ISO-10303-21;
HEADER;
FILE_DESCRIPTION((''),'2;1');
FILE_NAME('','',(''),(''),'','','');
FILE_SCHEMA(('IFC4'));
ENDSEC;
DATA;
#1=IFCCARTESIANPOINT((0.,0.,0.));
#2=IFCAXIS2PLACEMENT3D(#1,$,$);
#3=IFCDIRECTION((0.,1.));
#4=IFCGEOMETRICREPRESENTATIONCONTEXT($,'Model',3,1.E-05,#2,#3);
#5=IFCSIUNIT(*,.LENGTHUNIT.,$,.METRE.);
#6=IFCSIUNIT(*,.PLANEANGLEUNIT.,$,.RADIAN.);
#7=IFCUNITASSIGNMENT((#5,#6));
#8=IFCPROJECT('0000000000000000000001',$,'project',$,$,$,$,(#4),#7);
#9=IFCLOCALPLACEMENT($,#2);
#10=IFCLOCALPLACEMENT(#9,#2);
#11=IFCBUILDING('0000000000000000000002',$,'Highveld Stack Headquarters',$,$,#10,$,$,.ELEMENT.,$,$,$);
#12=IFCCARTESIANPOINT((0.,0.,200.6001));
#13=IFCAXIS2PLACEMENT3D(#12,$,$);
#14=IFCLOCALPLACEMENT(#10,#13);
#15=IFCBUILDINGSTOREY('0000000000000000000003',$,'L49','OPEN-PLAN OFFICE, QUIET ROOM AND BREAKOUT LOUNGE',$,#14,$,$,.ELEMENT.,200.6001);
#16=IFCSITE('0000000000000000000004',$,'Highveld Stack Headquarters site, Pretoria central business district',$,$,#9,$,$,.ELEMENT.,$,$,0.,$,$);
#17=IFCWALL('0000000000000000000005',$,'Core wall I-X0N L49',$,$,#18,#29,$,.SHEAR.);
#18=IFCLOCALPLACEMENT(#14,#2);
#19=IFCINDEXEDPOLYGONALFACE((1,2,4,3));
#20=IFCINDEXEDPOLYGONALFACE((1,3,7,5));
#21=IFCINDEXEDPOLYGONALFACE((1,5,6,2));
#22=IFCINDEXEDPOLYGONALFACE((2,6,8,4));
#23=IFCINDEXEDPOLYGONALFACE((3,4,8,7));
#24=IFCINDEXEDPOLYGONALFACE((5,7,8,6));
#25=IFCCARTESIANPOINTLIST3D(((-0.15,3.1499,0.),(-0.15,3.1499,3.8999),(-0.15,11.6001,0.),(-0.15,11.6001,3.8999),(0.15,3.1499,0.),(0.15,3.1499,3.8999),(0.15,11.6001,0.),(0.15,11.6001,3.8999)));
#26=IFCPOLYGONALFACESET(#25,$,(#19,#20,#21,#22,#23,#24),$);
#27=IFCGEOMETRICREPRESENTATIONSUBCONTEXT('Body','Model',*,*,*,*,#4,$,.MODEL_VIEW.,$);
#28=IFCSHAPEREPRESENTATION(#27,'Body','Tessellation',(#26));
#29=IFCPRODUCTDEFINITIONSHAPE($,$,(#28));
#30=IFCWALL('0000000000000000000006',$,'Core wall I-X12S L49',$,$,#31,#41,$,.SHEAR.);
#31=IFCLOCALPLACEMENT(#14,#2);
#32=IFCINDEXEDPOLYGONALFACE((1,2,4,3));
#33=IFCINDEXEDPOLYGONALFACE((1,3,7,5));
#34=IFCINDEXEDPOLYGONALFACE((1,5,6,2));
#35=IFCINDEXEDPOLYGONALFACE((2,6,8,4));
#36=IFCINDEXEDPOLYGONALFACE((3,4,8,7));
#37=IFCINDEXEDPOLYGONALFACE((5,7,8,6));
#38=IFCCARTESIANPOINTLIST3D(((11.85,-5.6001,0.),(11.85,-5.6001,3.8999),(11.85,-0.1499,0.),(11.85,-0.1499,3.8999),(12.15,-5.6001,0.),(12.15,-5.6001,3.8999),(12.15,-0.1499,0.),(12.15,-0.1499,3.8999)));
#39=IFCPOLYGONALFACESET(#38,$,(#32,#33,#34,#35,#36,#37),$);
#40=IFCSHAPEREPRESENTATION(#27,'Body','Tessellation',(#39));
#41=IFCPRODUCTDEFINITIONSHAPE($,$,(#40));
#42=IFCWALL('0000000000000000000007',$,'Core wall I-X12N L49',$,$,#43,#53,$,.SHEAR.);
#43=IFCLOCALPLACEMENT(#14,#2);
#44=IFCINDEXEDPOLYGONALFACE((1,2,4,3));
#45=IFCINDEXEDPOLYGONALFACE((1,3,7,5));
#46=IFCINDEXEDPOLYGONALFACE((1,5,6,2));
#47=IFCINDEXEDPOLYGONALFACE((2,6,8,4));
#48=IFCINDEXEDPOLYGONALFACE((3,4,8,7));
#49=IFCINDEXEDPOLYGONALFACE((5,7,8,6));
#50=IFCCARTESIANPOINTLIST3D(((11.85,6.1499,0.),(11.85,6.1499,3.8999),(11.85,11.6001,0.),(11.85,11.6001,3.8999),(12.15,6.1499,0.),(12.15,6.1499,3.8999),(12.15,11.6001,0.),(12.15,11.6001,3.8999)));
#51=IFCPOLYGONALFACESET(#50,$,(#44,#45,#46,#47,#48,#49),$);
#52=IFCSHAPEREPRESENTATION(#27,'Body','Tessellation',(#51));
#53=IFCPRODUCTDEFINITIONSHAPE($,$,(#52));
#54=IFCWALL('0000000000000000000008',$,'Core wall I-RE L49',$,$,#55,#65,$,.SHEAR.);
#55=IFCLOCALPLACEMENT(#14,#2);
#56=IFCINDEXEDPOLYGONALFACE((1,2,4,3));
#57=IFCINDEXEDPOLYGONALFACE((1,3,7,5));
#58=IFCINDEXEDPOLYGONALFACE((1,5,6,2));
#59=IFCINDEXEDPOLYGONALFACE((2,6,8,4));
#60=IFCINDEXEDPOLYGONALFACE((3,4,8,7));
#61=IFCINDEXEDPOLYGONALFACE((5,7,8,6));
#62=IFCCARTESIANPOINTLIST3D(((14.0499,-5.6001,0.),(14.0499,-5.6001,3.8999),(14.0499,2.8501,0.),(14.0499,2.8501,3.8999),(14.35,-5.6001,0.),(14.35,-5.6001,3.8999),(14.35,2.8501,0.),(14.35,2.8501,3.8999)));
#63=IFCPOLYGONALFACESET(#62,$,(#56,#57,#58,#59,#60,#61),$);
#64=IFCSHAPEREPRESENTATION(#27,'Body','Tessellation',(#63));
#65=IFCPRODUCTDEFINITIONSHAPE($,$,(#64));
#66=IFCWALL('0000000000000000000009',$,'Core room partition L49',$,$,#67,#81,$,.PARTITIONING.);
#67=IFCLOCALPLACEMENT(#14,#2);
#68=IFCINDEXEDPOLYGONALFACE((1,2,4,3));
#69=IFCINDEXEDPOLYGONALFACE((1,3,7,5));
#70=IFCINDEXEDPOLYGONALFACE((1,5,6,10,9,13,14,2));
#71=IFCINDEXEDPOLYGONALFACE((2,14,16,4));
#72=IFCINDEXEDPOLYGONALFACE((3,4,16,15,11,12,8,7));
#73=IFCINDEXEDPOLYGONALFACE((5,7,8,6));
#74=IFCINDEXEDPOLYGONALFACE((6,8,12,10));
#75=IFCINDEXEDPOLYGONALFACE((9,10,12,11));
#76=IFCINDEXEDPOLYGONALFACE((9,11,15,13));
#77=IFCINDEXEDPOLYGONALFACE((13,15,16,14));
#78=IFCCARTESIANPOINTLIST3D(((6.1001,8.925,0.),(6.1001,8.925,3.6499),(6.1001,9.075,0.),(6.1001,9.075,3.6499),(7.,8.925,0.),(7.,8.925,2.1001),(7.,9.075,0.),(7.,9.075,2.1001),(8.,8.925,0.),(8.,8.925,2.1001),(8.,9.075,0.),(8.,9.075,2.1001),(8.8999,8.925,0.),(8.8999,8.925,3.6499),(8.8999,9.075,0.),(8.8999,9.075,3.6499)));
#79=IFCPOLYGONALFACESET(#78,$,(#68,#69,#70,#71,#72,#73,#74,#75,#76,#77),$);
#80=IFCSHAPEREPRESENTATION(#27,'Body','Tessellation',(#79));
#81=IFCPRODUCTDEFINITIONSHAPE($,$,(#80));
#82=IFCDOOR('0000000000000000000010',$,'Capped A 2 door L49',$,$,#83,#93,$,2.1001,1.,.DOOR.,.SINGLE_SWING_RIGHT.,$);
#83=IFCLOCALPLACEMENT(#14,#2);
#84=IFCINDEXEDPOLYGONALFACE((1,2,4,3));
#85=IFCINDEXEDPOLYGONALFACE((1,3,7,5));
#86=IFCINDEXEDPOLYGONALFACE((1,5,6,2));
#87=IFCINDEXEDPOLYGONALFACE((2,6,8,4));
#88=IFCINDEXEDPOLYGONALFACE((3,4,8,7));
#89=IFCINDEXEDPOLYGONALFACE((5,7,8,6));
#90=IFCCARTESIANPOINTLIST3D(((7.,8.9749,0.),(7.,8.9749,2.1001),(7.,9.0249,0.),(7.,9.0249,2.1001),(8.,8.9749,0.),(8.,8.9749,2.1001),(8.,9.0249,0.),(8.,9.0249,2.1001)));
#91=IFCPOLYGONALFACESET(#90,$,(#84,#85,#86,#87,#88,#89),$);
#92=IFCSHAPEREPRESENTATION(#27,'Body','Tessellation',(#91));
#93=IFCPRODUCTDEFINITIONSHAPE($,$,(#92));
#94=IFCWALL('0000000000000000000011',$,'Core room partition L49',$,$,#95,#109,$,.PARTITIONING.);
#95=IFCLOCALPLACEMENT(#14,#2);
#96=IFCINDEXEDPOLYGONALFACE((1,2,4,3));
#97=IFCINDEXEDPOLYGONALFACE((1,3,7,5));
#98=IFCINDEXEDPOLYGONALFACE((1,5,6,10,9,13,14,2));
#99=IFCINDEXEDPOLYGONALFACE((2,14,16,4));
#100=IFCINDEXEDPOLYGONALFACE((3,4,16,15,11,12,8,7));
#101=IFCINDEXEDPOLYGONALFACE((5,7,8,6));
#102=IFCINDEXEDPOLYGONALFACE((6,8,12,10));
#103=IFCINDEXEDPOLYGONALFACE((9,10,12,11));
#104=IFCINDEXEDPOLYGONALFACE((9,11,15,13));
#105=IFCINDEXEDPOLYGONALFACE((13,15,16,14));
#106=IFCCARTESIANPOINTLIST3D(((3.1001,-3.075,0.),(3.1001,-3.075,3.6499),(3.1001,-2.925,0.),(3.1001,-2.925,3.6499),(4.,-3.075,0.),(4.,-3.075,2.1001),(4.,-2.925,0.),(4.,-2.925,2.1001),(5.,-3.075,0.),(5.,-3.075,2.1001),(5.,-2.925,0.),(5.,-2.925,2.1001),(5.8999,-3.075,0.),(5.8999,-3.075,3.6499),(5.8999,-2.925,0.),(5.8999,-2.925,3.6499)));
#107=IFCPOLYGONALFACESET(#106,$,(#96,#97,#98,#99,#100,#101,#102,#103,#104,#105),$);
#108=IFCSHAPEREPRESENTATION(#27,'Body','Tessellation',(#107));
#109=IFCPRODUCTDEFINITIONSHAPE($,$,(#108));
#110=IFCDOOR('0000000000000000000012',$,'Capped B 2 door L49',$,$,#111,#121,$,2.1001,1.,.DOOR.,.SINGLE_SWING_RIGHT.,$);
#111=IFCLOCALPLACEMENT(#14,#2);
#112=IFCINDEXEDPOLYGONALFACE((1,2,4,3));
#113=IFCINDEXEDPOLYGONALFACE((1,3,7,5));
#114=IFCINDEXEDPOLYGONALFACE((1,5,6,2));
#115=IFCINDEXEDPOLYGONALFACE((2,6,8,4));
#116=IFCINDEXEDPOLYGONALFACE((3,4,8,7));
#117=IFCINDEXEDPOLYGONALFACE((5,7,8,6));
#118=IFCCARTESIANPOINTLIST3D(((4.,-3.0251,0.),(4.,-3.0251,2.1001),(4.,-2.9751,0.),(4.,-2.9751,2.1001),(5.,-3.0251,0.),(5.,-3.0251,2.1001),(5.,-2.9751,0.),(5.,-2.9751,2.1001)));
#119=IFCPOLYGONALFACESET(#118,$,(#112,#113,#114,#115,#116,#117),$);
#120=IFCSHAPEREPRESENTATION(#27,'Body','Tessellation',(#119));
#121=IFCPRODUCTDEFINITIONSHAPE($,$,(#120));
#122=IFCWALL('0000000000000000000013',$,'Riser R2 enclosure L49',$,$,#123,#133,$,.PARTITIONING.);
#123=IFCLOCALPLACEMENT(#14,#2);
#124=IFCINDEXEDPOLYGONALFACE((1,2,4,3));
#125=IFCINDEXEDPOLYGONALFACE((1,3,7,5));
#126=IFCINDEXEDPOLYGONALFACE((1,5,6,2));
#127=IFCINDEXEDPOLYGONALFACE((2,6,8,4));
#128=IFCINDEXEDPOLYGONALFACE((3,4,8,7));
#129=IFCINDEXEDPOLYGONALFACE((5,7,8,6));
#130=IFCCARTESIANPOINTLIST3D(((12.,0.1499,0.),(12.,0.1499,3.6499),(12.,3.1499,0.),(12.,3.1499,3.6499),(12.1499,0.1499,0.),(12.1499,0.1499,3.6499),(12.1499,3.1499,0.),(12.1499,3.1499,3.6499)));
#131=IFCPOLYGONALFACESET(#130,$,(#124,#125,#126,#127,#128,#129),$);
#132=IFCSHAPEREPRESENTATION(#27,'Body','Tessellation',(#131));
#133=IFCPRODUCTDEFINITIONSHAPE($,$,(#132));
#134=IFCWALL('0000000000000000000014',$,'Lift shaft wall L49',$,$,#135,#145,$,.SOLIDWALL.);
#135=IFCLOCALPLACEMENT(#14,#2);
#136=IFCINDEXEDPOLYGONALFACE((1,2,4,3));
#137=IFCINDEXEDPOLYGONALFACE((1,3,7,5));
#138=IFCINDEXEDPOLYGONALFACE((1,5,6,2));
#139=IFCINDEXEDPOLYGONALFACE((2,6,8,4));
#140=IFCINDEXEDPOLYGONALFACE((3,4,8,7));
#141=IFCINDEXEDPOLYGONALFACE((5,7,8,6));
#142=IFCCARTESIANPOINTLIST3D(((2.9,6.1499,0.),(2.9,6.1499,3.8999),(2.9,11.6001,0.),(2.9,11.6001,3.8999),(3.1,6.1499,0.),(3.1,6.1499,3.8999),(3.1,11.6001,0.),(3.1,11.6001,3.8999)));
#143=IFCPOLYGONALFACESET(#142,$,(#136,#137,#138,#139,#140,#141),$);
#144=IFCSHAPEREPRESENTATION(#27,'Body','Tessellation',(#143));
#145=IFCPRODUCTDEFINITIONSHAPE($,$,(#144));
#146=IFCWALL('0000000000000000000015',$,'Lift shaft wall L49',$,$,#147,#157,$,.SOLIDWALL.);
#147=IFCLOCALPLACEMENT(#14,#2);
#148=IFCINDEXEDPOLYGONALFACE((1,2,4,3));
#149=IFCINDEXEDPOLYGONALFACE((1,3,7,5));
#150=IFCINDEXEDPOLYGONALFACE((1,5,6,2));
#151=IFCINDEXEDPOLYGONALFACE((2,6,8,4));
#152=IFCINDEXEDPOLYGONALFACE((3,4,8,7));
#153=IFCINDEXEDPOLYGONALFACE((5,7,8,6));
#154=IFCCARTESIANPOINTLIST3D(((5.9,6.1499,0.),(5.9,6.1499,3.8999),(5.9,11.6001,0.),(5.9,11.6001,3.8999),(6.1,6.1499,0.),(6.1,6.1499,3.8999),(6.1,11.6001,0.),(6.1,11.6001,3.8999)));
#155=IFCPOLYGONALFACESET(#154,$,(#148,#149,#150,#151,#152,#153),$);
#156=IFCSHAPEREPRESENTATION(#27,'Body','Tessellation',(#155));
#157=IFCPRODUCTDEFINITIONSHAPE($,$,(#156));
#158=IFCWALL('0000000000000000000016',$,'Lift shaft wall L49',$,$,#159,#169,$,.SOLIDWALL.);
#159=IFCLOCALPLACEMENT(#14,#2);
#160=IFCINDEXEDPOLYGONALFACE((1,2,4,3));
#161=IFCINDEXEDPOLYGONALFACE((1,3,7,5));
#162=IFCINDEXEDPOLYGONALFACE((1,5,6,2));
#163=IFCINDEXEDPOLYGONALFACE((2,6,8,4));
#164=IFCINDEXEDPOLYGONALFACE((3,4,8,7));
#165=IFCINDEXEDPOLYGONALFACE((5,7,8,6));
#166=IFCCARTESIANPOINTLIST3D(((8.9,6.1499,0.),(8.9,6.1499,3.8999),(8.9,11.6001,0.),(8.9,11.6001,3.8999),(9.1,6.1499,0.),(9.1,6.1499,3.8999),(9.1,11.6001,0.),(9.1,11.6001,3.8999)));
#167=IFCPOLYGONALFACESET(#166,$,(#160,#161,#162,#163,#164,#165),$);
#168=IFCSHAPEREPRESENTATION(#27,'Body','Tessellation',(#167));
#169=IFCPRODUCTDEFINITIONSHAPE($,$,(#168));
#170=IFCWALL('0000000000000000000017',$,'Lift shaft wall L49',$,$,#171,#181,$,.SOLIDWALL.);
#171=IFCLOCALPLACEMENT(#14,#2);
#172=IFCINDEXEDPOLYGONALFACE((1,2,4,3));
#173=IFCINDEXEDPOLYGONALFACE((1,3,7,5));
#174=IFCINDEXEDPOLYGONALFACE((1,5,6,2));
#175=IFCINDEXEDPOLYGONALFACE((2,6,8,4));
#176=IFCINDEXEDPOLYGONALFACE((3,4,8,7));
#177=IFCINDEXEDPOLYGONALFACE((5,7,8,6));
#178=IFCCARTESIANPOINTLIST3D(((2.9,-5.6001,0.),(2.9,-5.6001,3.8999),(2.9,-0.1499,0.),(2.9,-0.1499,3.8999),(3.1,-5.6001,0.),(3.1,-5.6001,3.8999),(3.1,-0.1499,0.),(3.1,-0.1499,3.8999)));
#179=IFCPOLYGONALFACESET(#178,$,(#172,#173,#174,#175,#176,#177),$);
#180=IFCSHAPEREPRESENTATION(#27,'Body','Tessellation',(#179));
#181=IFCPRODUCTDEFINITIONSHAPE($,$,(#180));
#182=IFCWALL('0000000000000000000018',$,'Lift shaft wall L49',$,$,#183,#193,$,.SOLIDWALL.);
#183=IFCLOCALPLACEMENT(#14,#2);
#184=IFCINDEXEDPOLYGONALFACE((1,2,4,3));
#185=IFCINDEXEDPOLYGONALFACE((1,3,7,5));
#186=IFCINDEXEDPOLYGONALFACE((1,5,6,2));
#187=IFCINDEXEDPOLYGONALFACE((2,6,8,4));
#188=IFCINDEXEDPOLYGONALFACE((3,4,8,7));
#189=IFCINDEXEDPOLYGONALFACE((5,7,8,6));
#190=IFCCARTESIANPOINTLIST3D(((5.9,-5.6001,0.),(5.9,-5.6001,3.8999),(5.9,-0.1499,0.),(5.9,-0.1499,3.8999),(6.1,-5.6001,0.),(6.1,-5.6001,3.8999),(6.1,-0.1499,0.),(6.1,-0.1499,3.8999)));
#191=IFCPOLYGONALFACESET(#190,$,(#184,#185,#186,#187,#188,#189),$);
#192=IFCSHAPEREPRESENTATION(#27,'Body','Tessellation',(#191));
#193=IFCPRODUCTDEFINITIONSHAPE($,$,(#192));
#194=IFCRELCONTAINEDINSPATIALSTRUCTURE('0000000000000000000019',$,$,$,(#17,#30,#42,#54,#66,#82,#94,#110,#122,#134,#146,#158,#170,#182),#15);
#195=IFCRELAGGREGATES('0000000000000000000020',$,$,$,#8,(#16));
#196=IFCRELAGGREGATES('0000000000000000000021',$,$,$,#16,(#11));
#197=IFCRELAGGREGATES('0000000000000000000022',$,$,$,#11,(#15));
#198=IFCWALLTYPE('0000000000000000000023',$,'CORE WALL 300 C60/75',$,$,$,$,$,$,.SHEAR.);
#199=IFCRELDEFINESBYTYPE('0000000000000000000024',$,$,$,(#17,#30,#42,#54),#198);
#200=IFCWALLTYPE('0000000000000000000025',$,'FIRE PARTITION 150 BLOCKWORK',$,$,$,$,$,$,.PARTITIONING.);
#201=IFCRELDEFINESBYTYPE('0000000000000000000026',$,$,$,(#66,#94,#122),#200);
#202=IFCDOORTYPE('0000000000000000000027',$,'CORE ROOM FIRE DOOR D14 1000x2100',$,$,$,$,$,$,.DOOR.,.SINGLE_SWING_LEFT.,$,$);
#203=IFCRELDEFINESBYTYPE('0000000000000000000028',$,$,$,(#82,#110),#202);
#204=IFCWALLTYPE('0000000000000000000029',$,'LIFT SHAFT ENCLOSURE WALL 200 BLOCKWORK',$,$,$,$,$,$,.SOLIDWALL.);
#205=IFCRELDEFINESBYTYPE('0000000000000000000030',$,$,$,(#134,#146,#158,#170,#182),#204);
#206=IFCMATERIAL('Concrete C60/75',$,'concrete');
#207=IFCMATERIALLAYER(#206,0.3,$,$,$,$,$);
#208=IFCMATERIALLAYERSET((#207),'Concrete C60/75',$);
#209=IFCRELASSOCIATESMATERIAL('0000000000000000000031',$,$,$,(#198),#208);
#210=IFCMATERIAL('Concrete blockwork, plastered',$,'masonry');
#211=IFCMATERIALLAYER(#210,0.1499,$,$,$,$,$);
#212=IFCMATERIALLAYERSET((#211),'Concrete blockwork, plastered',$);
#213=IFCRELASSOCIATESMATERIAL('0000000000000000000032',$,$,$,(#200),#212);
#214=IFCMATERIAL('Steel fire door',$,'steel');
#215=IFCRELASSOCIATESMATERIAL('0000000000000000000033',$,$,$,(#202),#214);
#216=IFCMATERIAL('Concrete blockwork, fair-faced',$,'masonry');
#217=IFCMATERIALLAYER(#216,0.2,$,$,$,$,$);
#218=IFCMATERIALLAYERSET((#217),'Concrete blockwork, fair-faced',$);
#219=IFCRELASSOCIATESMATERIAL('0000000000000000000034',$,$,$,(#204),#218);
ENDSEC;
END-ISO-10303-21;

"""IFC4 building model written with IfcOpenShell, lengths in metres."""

from ifc_helpers import new_model, si_unit, direction, frame, frame_2d, origin, place, context, subcontext, project, spatial, rectangle, extrude, material, layer, layer_set, type_object, element, fill, save


model = new_model("IFC4")

# Units and contexts
model_context = context("Model", 3, precision=1e-05, world=origin(), true_north=direction((0.0, 1.0)))
body_context = subcontext(model_context, "Body", "Model", "MODEL_VIEW")
ifc_project = project(units=[si_unit("LENGTHUNIT", "METRE"), si_unit("PLANEANGLEUNIT", "RADIAN")], contexts=[model_context])

# Site, building, storey
site_placement = place(None, origin())
site = spatial("IfcSite", under=ifc_project, at=site_placement, Name="Highveld Stack Headquarters site, Pretoria central business district", CompositionType="ELEMENT", RefElevation=0.0)
building_placement = place(site_placement, origin())
building = spatial("IfcBuilding", under=site, at=building_placement, Name="Highveld Stack Headquarters", CompositionType="ELEMENT")
storey_placement = place(building_placement, frame((0.0, 0.0, 200.6001)))
storey = spatial("IfcBuildingStorey", under=building, at=storey_placement, Name="L49", Description="OPEN-PLAN OFFICE, QUIET ROOM AND BREAKOUT LOUNGE", CompositionType="ELEMENT", Elevation=200.6001)

# Shared definitions
ifc_material_1 = material(Name="Concrete C60/75", Category="concrete")
ifc_layer_1 = layer(ifc_material_1, 0.3)
ifc_layer_set_1 = layer_set([ifc_layer_1], Name="Concrete C60/75")
wall_type_1 = type_object("IfcWallType", Name="CORE WALL 300 C60/75", PredefinedType="SHEAR", material=ifc_layer_set_1)

# Walls
wall_1_placement = place(storey_placement, frame((0.0, 3.1499, 0.0), z_axis=(0.0, 0.0, 1.0), x_axis=(0.0, 1.0, 0.0)))
element("IfcWall", 1, at=wall_1_placement, inside=storey, type_object=wall_type_1, Name="Core wall I-X0N L49", PredefinedType="SHEAR", context=body_context, shape_type="SweptSolid", body=[
    extrude(rectangle(XDim=8.4502, YDim=0.3, at=frame_2d((4.2251, 0.0))), origin(), (0.0, 0.0, 1.0), 3.8999),
])
for number, where, z_axis, x_axis, name in (
    (2, (12.0, -5.6001, 0.0), (0.0, 0.0, 1.0), (0.0, 1.0, 0.0), "Core wall I-X12S L49"),
    (3, (12.0, 6.1499, 0.0), (0.0, 0.0, 1.0), (0.0, 1.0, 0.0), "Core wall I-X12N L49"),
):
    element("IfcWall", number, at=place(storey_placement, frame(where, z_axis=z_axis, x_axis=x_axis)), inside=storey, type_object=wall_type_1, Name=name, PredefinedType="SHEAR", context=body_context, shape_type="SweptSolid", body=[
        extrude(rectangle(XDim=5.4502, YDim=0.3, at=frame_2d((2.7251, 0.0))), origin(), (0.0, 0.0, 1.0), 3.8999),
    ])
wall_2_placement = place(storey_placement, frame((14.2, -5.6001, 0.0), z_axis=(0.0, 0.0, 1.0), x_axis=(0.0, 1.0, 0.0)))
element("IfcWall", 4, at=wall_2_placement, inside=storey, type_object=wall_type_1, Name="Core wall I-RE L49", PredefinedType="SHEAR", context=body_context, shape_type="SweptSolid", body=[
    extrude(rectangle(XDim=8.4502, YDim=0.3, at=frame_2d((4.2251, 0.0))), origin(), (0.0, 0.0, 1.0), 3.8999),
])

# Walls, openings, doors
ifc_material_2 = material(Name="Concrete blockwork, plastered", Category="masonry")
ifc_layer_2 = layer(ifc_material_2, 0.1499)
ifc_layer_set_2 = layer_set([ifc_layer_2], Name="Concrete blockwork, plastered")
wall_type_2 = type_object("IfcWallType", Name="FIRE PARTITION 150 BLOCKWORK", PredefinedType="PARTITIONING", material=ifc_layer_set_2)
wall_3_placement = place(storey_placement, frame((6.1001, 9.0, 0.0), z_axis=(0.0, 0.0, 1.0), x_axis=(1.0, 0.0, 0.0)))
wall_3 = element("IfcWall", 5, at=wall_3_placement, inside=storey, type_object=wall_type_2, Name="Core room partition L49", PredefinedType="PARTITIONING", context=body_context, shape_type="SweptSolid", body=[
    extrude(rectangle(XDim=2.7998, YDim=0.1499, at=frame_2d((1.3999, 0.0))), origin(), (0.0, 0.0, 1.0), 3.6499),
])
opening_1_placement = place(wall_3_placement, frame((0.8999, 0.0, 0.0)))
opening_1 = element("IfcOpeningElement", 6, at=opening_1_placement, cuts=wall_3, PredefinedType="OPENING", context=body_context, shape_type="SweptSolid", body=[
    extrude(rectangle(XDim=1.0, YDim=2.1001, at=frame_2d((0.5, 1.05))), frame((0.0, 0.085, 0.0), z_axis=(0.0, -1.0, 0.0), x_axis=(1.0, 0.0, 0.0)), (0.0, 0.0, 1.0), 0.1699),
])
ifc_material_3 = material(Name="Steel fire door", Category="steel")
door_type_1 = type_object("IfcDoorType", Name="CORE ROOM FIRE DOOR D14 1000x2100", OperationType="SINGLE_SWING_LEFT", PredefinedType="DOOR", material=ifc_material_3)
door_1_placement = place(opening_1_placement, origin())
door_1 = element("IfcDoor", 7, at=door_1_placement, inside=storey, type_object=door_type_1, Name="Capped A 2 door L49", OperationType="SINGLE_SWING_RIGHT", OverallHeight=2.1001, OverallWidth=1.0, PredefinedType="DOOR", context=body_context, shape_type="SweptSolid", body=[
    extrude(rectangle(XDim=1.0, YDim=2.1001, at=frame_2d((0.5, 1.05))), frame((0.0, 0.0249, 0.0), z_axis=(0.0, -1.0, 0.0), x_axis=(1.0, 0.0, 0.0)), (0.0, 0.0, 1.0), 0.05),
])
fill(opening_1, door_1)
wall_4_placement = place(storey_placement, frame((3.1001, -3.0, 0.0), z_axis=(0.0, 0.0, 1.0), x_axis=(1.0, 0.0, 0.0)))
wall_4 = element("IfcWall", 8, at=wall_4_placement, inside=storey, type_object=wall_type_2, Name="Core room partition L49", PredefinedType="PARTITIONING", context=body_context, shape_type="SweptSolid", body=[
    extrude(rectangle(XDim=2.7998, YDim=0.1499, at=frame_2d((1.3999, 0.0))), origin(), (0.0, 0.0, 1.0), 3.6499),
])
opening_2_placement = place(wall_4_placement, frame((0.8999, 0.0, 0.0)))
opening_2 = element("IfcOpeningElement", 9, at=opening_2_placement, cuts=wall_4, PredefinedType="OPENING", context=body_context, shape_type="SweptSolid", body=[
    extrude(rectangle(XDim=1.0, YDim=2.1001, at=frame_2d((0.5, 1.05))), frame((0.0, 0.085, 0.0), z_axis=(0.0, -1.0, 0.0), x_axis=(1.0, 0.0, 0.0)), (0.0, 0.0, 1.0), 0.1699),
])
door_2_placement = place(opening_2_placement, origin())
door_2 = element("IfcDoor", 10, at=door_2_placement, inside=storey, type_object=door_type_1, Name="Capped B 2 door L49", OperationType="SINGLE_SWING_RIGHT", OverallHeight=2.1001, OverallWidth=1.0, PredefinedType="DOOR", context=body_context, shape_type="SweptSolid", body=[
    extrude(rectangle(XDim=1.0, YDim=2.1001, at=frame_2d((0.5, 1.05))), frame((0.0, 0.0249, 0.0), z_axis=(0.0, -1.0, 0.0), x_axis=(1.0, 0.0, 0.0)), (0.0, 0.0, 1.0), 0.05),
])
fill(opening_2, door_2)

# Walls
wall_5_placement = place(storey_placement, frame((12.075, 0.1499, 0.0), z_axis=(0.0, 0.0, 1.0), x_axis=(0.0, 1.0, 0.0)))
element("IfcWall", 11, at=wall_5_placement, inside=storey, type_object=wall_type_2, Name="Riser R2 enclosure L49", PredefinedType="PARTITIONING", context=body_context, shape_type="SweptSolid", body=[
    extrude(rectangle(XDim=3.0, YDim=0.1499, at=frame_2d((1.5, 0.0))), origin(), (0.0, 0.0, 1.0), 3.6499),
])
ifc_material_4 = material(Name="Concrete blockwork, fair-faced", Category="masonry")
ifc_layer_3 = layer(ifc_material_4, 0.2)
ifc_layer_set_3 = layer_set([ifc_layer_3], Name="Concrete blockwork, fair-faced")
wall_type_3 = type_object("IfcWallType", Name="LIFT SHAFT ENCLOSURE WALL 200 BLOCKWORK", PredefinedType="SOLIDWALL", material=ifc_layer_set_3)
for number, where, z_axis, x_axis, name in (
    (12, (3.0, 6.1499, 0.0), (0.0, 0.0, 1.0), (0.0, 1.0, 0.0), "Lift shaft wall L49"),
    (13, (6.0, 6.1499, 0.0), (0.0, 0.0, 1.0), (0.0, 1.0, 0.0), "Lift shaft wall L49"),
    (14, (9.0, 6.1499, 0.0), (0.0, 0.0, 1.0), (0.0, 1.0, 0.0), "Lift shaft wall L49"),
    (15, (3.0, -5.6001, 0.0), (0.0, 0.0, 1.0), (0.0, 1.0, 0.0), "Lift shaft wall L49"),
    (16, (6.0, -5.6001, 0.0), (0.0, 0.0, 1.0), (0.0, 1.0, 0.0), "Lift shaft wall L49"),
):
    element("IfcWall", number, at=place(storey_placement, frame(where, z_axis=z_axis, x_axis=x_axis)), inside=storey, type_object=wall_type_3, Name=name, PredefinedType="SOLIDWALL", context=body_context, shape_type="SweptSolid", body=[
        extrude(rectangle(XDim=5.4502, YDim=0.2, at=frame_2d((2.7251, 0.0))), origin(), (0.0, 0.0, 1.0), 3.8999),
    ])

save(model, "model.ifc")
